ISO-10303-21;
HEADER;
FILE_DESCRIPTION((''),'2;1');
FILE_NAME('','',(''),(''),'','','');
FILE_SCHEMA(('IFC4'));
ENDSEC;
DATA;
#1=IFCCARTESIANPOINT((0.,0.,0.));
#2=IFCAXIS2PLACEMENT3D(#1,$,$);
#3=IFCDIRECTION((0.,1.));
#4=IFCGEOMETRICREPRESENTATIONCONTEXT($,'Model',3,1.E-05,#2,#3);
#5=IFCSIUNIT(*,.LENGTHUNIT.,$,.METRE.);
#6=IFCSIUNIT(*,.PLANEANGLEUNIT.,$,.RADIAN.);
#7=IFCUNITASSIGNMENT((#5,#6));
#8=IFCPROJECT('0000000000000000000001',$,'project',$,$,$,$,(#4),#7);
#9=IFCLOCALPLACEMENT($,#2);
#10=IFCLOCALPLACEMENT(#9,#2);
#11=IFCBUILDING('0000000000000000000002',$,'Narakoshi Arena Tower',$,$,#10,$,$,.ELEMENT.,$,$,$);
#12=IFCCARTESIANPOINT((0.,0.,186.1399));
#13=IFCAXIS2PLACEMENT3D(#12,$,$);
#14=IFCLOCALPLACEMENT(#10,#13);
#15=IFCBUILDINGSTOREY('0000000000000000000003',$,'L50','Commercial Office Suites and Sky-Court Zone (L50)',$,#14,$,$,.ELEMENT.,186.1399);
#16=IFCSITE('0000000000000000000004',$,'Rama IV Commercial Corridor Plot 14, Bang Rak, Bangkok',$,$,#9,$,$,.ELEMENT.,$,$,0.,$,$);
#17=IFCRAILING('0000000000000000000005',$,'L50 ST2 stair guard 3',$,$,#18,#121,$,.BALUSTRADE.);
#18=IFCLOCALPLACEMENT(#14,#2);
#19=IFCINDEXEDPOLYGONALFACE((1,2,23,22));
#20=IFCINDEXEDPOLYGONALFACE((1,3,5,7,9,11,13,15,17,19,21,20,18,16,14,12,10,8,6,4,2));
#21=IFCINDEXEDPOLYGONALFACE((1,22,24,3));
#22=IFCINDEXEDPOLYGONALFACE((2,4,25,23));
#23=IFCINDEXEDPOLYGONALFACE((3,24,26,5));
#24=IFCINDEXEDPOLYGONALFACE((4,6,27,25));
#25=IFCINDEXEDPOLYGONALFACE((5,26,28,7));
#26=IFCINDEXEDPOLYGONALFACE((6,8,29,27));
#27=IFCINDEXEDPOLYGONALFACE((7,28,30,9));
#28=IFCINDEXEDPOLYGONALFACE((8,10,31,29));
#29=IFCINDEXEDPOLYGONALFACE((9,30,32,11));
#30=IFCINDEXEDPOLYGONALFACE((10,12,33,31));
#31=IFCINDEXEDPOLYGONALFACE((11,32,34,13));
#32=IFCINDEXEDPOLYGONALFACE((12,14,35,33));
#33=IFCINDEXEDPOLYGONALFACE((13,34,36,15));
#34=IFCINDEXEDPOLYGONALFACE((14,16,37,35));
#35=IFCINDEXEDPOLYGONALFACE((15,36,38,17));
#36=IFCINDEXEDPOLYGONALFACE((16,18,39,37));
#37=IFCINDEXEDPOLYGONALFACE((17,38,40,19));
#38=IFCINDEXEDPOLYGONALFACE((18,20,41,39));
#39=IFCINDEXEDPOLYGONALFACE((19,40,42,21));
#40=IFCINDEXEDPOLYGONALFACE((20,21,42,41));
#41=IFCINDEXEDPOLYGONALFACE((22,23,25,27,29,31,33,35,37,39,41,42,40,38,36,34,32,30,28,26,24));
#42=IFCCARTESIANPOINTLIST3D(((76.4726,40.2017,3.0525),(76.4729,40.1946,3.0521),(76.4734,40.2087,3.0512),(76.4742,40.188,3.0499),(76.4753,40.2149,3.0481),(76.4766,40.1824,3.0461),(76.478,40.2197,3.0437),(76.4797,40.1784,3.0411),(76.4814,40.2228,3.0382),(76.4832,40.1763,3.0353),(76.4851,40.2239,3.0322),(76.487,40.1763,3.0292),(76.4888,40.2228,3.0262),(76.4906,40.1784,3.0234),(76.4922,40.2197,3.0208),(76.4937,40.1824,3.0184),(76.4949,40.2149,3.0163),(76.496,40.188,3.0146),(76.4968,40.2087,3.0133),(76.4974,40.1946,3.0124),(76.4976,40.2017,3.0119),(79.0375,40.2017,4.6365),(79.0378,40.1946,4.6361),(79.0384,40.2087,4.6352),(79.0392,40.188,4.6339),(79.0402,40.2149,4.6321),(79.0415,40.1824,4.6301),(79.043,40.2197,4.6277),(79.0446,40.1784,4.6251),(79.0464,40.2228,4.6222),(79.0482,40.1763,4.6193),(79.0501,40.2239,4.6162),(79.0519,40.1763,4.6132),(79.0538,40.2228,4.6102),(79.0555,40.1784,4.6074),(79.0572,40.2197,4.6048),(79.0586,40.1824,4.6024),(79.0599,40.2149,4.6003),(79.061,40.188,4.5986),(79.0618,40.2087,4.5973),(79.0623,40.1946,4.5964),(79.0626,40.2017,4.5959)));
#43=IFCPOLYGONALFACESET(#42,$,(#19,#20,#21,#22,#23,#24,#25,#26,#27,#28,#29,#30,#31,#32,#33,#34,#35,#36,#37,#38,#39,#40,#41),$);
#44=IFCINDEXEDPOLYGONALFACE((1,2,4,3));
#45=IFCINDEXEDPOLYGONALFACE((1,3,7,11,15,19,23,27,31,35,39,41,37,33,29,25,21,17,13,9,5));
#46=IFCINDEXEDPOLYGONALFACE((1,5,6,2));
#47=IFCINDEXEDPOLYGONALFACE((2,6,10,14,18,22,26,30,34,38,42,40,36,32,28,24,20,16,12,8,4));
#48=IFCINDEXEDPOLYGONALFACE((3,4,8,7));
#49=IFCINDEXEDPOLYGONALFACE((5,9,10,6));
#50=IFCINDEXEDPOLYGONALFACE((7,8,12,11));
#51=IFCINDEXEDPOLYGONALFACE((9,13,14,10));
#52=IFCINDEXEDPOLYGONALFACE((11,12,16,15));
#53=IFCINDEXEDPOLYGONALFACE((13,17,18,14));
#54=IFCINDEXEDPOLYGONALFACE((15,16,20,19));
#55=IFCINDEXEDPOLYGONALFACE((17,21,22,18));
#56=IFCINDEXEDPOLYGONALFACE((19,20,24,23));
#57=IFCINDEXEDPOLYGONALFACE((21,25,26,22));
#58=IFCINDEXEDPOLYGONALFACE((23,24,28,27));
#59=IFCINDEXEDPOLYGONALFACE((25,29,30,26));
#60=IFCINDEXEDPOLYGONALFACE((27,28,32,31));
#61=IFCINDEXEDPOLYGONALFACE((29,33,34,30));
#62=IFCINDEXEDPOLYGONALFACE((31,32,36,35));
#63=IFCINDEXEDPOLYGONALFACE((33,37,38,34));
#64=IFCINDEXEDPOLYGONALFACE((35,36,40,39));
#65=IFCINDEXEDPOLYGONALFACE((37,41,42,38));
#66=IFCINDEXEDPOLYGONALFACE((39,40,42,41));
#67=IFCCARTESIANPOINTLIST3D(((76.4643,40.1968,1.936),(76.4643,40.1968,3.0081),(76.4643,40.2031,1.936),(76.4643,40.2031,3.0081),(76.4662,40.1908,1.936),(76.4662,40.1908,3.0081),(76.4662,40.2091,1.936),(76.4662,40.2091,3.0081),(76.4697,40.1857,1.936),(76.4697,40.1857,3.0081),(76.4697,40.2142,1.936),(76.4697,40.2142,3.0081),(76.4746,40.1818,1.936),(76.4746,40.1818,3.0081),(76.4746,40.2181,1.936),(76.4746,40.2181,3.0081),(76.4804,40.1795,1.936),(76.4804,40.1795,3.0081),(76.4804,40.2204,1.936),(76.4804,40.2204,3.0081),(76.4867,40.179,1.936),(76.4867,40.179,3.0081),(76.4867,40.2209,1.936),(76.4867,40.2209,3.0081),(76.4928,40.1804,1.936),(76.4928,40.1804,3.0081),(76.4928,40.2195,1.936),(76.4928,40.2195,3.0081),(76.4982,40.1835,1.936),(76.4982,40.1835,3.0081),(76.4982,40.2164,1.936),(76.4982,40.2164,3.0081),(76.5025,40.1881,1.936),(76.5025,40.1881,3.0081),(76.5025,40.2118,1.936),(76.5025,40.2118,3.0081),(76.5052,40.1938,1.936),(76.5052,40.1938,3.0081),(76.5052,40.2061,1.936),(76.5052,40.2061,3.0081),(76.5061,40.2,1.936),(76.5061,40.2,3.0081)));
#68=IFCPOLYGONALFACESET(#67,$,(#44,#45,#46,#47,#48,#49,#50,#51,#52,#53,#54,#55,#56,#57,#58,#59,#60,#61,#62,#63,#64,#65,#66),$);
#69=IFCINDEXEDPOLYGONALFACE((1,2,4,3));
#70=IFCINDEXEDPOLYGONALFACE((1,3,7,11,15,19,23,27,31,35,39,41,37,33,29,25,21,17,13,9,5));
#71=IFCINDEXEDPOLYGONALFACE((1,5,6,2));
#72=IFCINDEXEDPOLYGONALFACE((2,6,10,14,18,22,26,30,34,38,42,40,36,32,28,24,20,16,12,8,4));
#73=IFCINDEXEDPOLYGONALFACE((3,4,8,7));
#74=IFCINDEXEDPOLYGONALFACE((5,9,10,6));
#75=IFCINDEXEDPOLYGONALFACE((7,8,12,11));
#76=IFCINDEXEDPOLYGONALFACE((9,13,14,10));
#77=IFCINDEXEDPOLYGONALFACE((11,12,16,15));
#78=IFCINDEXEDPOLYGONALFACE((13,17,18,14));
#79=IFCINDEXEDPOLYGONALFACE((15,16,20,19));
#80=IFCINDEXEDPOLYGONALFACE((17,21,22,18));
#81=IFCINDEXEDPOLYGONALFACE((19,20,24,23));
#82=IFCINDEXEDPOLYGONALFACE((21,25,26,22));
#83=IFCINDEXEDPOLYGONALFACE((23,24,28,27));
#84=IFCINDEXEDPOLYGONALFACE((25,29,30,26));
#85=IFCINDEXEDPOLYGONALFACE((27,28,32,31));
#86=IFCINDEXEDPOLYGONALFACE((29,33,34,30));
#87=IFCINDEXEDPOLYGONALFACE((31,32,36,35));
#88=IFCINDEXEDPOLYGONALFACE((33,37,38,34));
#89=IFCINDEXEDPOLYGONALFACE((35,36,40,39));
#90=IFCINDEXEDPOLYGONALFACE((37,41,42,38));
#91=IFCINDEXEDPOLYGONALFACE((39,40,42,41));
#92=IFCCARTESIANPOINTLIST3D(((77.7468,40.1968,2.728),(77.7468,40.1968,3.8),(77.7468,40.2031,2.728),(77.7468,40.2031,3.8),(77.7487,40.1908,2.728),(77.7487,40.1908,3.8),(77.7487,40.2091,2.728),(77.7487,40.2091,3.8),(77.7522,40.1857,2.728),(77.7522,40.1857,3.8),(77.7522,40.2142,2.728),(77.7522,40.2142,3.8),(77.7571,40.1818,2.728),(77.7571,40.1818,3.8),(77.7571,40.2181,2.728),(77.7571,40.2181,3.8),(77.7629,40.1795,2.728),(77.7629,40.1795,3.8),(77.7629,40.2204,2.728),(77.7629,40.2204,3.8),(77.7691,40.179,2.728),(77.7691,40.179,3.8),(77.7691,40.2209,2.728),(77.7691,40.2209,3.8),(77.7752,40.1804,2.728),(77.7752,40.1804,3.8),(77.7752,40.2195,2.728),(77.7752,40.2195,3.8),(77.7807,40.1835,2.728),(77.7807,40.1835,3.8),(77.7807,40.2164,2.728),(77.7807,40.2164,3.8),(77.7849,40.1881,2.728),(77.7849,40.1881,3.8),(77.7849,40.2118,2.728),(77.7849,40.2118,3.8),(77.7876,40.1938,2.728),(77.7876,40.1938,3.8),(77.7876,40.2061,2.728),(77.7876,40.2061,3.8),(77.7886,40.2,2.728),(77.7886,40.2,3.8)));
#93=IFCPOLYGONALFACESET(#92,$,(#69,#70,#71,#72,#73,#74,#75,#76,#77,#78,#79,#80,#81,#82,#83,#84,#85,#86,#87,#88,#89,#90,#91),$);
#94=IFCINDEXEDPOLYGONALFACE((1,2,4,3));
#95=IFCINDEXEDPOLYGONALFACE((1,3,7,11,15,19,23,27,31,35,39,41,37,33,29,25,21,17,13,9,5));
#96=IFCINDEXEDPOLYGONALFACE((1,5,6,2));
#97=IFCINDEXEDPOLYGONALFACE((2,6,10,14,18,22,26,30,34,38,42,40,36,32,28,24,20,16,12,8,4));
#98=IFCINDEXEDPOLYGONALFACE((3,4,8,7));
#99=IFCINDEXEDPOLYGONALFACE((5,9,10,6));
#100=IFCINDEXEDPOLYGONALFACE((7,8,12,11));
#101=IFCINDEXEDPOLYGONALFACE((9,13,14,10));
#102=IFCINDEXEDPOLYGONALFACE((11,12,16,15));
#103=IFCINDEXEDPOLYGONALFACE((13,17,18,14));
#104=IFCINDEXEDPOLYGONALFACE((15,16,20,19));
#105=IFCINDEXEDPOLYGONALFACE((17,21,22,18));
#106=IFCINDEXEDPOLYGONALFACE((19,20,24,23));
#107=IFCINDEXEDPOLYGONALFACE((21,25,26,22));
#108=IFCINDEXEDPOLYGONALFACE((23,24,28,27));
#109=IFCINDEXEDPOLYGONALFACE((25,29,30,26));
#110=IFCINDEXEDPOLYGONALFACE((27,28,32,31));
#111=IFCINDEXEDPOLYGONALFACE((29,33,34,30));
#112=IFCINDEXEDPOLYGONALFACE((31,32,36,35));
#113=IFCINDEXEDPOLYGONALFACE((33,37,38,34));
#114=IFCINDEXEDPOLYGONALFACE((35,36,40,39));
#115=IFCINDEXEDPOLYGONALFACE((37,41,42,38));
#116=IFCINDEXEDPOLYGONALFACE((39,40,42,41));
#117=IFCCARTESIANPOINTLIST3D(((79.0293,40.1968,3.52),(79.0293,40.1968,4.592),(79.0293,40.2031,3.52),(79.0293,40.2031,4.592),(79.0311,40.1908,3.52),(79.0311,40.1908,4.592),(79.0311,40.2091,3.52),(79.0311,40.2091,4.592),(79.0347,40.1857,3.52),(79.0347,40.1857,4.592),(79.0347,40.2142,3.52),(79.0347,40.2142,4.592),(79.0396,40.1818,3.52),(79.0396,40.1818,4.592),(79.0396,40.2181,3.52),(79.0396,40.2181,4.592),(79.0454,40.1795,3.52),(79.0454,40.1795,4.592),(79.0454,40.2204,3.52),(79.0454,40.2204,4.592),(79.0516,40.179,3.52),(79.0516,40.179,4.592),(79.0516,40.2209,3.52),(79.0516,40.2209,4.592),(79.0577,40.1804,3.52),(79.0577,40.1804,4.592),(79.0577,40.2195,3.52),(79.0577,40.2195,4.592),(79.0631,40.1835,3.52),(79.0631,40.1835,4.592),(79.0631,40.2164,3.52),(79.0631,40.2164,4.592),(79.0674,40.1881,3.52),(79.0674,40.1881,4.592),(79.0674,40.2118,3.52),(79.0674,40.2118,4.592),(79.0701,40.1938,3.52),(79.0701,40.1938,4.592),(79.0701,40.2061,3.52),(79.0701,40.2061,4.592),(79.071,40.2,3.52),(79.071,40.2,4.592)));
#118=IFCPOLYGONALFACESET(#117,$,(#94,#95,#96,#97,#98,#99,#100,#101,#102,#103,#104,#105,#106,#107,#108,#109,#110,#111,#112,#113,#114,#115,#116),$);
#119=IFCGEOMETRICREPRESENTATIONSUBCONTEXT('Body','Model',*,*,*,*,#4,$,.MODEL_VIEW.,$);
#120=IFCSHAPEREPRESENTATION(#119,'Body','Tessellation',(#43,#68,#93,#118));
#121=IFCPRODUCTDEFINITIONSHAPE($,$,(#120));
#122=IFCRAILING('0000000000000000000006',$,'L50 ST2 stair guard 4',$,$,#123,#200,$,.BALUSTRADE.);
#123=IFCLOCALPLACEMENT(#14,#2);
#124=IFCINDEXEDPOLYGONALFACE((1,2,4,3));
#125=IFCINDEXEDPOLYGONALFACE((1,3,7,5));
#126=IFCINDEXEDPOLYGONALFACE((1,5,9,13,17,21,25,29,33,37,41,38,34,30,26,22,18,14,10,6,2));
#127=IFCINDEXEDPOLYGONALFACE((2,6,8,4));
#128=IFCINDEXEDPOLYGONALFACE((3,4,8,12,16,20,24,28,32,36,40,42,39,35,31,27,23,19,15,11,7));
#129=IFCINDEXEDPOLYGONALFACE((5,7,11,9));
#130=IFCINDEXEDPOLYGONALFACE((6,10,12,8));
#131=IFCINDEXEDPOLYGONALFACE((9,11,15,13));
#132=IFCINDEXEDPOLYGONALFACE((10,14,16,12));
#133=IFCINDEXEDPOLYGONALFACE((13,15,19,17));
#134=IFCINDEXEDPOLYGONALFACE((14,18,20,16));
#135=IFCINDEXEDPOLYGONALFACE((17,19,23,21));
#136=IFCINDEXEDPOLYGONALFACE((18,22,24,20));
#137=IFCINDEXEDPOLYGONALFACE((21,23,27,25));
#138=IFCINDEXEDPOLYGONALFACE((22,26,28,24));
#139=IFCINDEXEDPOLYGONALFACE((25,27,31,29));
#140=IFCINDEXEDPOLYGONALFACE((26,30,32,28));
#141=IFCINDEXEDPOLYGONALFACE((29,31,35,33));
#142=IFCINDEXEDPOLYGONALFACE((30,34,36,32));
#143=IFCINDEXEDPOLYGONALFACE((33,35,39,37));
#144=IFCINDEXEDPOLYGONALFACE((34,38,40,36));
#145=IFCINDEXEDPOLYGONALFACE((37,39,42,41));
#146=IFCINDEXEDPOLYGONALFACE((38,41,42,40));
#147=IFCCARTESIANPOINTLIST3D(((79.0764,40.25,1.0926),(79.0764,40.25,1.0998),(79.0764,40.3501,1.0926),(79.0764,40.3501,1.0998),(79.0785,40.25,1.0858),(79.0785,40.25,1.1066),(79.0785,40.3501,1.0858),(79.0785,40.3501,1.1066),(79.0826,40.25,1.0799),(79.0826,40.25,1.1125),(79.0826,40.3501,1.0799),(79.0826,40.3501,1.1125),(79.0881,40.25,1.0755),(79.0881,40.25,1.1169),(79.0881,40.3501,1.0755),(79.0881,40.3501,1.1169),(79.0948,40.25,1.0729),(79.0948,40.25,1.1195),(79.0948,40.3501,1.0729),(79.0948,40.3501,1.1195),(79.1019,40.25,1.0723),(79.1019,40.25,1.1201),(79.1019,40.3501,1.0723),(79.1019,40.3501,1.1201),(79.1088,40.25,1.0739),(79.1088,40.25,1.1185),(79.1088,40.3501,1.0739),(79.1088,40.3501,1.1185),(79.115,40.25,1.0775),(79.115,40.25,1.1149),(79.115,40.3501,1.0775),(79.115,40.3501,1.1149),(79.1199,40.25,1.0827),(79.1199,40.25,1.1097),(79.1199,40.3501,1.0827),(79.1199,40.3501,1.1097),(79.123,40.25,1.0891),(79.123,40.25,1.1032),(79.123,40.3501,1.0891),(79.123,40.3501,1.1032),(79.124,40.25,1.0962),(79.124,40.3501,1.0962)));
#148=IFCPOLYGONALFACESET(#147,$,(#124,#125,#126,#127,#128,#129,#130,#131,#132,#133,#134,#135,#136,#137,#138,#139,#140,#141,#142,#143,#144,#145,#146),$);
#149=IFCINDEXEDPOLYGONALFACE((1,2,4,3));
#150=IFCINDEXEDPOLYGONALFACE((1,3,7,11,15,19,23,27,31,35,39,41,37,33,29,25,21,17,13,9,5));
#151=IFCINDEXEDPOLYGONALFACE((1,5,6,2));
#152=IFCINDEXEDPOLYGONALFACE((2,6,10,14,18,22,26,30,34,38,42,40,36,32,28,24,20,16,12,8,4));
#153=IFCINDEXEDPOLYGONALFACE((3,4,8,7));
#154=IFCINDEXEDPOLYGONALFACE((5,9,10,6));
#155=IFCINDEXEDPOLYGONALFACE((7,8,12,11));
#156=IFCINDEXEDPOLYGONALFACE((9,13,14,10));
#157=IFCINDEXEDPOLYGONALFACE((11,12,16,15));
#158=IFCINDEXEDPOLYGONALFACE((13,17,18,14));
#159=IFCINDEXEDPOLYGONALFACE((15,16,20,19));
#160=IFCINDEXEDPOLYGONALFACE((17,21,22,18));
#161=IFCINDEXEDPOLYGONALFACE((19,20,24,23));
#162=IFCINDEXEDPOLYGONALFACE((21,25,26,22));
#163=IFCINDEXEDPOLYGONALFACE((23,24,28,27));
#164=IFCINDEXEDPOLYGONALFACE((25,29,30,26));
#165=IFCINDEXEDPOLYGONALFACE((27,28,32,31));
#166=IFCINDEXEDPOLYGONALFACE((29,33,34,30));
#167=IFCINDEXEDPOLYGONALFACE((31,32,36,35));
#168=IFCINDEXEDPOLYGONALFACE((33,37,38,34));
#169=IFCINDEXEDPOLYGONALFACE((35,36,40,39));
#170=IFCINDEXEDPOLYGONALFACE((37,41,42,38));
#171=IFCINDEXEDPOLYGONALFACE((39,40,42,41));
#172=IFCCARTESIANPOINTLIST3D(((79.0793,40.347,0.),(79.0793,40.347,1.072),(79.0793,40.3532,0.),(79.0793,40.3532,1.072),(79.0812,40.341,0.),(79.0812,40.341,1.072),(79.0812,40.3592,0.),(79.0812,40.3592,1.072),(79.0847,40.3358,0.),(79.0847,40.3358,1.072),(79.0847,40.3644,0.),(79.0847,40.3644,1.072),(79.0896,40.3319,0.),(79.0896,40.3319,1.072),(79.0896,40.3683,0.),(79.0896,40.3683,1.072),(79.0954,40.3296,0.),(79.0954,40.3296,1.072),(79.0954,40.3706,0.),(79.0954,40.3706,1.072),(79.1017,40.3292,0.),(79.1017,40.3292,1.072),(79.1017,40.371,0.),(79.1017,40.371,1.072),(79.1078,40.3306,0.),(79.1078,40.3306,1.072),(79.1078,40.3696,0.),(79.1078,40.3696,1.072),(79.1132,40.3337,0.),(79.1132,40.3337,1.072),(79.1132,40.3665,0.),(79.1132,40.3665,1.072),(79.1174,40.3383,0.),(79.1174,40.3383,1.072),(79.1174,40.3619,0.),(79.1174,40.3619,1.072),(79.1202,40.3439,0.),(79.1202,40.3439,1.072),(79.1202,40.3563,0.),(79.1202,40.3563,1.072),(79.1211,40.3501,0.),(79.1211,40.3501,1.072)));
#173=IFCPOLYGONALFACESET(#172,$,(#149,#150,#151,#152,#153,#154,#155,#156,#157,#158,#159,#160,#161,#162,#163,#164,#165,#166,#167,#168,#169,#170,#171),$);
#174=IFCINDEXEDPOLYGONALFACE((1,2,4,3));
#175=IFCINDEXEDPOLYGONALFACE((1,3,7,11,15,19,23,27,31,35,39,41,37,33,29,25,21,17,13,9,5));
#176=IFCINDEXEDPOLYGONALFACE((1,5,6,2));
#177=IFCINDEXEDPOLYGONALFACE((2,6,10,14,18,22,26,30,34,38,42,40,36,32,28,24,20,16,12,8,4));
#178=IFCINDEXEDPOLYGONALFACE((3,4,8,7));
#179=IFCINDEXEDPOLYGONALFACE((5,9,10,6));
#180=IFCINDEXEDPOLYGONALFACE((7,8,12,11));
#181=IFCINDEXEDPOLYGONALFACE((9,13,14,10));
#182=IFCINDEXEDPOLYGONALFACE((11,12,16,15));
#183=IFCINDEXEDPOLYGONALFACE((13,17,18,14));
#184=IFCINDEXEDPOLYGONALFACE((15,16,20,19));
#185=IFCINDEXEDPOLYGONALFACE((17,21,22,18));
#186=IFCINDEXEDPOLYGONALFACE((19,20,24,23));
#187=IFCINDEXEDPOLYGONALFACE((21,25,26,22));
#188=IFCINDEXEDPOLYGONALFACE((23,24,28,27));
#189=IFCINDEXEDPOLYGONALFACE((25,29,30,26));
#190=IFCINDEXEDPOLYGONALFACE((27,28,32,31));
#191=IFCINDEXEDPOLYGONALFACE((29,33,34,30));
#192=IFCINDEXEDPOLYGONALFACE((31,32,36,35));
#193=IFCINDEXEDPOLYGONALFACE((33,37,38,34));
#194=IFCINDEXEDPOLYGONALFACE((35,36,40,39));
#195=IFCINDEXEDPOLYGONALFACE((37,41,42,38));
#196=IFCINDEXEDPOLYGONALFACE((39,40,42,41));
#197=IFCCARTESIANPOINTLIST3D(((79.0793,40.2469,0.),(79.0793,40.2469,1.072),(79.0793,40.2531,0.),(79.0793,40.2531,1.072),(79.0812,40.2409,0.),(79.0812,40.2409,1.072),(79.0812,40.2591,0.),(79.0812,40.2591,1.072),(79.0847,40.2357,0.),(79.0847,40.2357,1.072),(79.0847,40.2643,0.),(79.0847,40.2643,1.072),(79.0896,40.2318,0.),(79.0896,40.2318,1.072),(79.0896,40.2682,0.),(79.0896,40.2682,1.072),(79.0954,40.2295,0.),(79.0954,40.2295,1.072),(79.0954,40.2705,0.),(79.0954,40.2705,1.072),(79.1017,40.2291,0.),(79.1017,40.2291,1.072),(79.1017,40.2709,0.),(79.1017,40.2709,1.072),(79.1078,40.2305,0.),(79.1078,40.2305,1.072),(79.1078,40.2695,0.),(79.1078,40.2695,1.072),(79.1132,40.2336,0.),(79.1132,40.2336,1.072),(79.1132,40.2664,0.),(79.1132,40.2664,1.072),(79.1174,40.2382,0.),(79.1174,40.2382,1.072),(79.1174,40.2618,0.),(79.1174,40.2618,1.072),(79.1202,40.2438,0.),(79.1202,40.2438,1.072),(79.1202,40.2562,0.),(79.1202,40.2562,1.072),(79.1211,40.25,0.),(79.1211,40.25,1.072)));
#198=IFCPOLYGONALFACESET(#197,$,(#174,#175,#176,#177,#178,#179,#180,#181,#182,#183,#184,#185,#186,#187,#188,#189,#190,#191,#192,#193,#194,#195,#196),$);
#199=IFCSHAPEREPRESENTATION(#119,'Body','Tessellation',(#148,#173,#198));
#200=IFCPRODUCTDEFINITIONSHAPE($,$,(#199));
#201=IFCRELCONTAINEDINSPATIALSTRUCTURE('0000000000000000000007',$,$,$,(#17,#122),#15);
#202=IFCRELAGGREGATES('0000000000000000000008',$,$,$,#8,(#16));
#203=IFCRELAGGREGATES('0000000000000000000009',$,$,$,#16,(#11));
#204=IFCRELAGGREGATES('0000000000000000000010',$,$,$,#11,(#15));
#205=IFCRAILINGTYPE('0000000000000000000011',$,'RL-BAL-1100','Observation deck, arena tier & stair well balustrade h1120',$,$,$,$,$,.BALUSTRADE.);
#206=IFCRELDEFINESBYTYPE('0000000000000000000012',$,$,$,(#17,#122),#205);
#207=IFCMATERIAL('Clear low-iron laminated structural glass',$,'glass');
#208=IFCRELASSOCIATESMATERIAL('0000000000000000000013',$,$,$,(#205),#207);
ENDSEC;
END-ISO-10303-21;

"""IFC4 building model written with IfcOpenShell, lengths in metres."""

from ifc_helpers import new_model, si_unit, direction, frame, origin, origin_2d, place, context, subcontext, project, spatial, circle, extrude, material, type_object, element, save


model = new_model("IFC4")

# Units and contexts
model_context = context("Model", 3, precision=1e-05, world=origin(), true_north=direction((0.0, 1.0)))
body_context = subcontext(model_context, "Body", "Model", "MODEL_VIEW")
ifc_project = project(units=[si_unit("LENGTHUNIT", "METRE"), si_unit("PLANEANGLEUNIT", "RADIAN")], contexts=[model_context])

# Site, building, storey
site_placement = place(None, origin())
site = spatial("IfcSite", under=ifc_project, at=site_placement, Name="Rama IV Commercial Corridor Plot 14, Bang Rak, Bangkok", CompositionType="ELEMENT", RefElevation=0.0)
building_placement = place(site_placement, origin())
building = spatial("IfcBuilding", under=site, at=building_placement, Name="Narakoshi Arena Tower", CompositionType="ELEMENT")
storey_placement = place(building_placement, frame((0.0, 0.0, 186.1399)))
storey = spatial("IfcBuildingStorey", under=building, at=storey_placement, Name="L50", Description="Commercial Office Suites and Sky-Court Zone (L50)", CompositionType="ELEMENT", Elevation=186.1399)

# Railings
ifc_material_1 = material(Name="Clear low-iron laminated structural glass", Category="glass")
railing_type_1 = type_object("IfcRailingType", Name="RL-BAL-1100", Description="Observation deck, arena tier & stair well balustrade h1120", PredefinedType="BALUSTRADE", material=ifc_material_1)
railing_1_placement = place(storey_placement, frame((76.4851, 40.2, 1.936)))
element("IfcRailing", 1, at=railing_1_placement, inside=storey, type_object=railing_type_1, Name="L50 ST2 stair guard 3", PredefinedType="BALUSTRADE", context=body_context, shape_type="SweptSolid", body=[
    extrude(circle(Radius=0.0239, at=origin_2d()), frame((0.0, 0.0, 1.0962), z_axis=(0.850834, 0.0, 0.525434), x_axis=(0.0, 1.0, 0.0)), (0.0, 0.0, 1.0), 3.0146),
    extrude(circle(Radius=0.021, at=origin_2d()), origin(), (0.0, 0.0, 1.0), 1.072),
    extrude(circle(Radius=0.021, at=origin_2d()), frame((1.2825, 0.0, 0.792)), (0.0, 0.0, 1.0), 1.072),
    extrude(circle(Radius=0.021, at=origin_2d()), frame((2.5649, 0.0, 1.584)), (0.0, 0.0, 1.0), 1.072),
])
railing_2_placement = place(storey_placement, frame((79.1001, 40.3501, 0.0)))
element("IfcRailing", 2, at=railing_2_placement, inside=storey, type_object=railing_type_1, Name="L50 ST2 stair guard 4", PredefinedType="BALUSTRADE", context=body_context, shape_type="SweptSolid", body=[
    extrude(circle(Radius=0.0239, at=origin_2d()), frame((0.0, 0.0, 1.0962), z_axis=(0.0, -1.0, 0.0), x_axis=(1.0, 0.0, 0.0)), (0.0, 0.0, 1.0), 0.1001),
    extrude(circle(Radius=0.021, at=origin_2d()), origin(), (0.0, 0.0, 1.0), 1.072),
    extrude(circle(Radius=0.021, at=origin_2d()), frame((0.0, -0.1001, 0.0)), (0.0, 0.0, 1.0), 1.072),
])

save(model, "model.ifc")
